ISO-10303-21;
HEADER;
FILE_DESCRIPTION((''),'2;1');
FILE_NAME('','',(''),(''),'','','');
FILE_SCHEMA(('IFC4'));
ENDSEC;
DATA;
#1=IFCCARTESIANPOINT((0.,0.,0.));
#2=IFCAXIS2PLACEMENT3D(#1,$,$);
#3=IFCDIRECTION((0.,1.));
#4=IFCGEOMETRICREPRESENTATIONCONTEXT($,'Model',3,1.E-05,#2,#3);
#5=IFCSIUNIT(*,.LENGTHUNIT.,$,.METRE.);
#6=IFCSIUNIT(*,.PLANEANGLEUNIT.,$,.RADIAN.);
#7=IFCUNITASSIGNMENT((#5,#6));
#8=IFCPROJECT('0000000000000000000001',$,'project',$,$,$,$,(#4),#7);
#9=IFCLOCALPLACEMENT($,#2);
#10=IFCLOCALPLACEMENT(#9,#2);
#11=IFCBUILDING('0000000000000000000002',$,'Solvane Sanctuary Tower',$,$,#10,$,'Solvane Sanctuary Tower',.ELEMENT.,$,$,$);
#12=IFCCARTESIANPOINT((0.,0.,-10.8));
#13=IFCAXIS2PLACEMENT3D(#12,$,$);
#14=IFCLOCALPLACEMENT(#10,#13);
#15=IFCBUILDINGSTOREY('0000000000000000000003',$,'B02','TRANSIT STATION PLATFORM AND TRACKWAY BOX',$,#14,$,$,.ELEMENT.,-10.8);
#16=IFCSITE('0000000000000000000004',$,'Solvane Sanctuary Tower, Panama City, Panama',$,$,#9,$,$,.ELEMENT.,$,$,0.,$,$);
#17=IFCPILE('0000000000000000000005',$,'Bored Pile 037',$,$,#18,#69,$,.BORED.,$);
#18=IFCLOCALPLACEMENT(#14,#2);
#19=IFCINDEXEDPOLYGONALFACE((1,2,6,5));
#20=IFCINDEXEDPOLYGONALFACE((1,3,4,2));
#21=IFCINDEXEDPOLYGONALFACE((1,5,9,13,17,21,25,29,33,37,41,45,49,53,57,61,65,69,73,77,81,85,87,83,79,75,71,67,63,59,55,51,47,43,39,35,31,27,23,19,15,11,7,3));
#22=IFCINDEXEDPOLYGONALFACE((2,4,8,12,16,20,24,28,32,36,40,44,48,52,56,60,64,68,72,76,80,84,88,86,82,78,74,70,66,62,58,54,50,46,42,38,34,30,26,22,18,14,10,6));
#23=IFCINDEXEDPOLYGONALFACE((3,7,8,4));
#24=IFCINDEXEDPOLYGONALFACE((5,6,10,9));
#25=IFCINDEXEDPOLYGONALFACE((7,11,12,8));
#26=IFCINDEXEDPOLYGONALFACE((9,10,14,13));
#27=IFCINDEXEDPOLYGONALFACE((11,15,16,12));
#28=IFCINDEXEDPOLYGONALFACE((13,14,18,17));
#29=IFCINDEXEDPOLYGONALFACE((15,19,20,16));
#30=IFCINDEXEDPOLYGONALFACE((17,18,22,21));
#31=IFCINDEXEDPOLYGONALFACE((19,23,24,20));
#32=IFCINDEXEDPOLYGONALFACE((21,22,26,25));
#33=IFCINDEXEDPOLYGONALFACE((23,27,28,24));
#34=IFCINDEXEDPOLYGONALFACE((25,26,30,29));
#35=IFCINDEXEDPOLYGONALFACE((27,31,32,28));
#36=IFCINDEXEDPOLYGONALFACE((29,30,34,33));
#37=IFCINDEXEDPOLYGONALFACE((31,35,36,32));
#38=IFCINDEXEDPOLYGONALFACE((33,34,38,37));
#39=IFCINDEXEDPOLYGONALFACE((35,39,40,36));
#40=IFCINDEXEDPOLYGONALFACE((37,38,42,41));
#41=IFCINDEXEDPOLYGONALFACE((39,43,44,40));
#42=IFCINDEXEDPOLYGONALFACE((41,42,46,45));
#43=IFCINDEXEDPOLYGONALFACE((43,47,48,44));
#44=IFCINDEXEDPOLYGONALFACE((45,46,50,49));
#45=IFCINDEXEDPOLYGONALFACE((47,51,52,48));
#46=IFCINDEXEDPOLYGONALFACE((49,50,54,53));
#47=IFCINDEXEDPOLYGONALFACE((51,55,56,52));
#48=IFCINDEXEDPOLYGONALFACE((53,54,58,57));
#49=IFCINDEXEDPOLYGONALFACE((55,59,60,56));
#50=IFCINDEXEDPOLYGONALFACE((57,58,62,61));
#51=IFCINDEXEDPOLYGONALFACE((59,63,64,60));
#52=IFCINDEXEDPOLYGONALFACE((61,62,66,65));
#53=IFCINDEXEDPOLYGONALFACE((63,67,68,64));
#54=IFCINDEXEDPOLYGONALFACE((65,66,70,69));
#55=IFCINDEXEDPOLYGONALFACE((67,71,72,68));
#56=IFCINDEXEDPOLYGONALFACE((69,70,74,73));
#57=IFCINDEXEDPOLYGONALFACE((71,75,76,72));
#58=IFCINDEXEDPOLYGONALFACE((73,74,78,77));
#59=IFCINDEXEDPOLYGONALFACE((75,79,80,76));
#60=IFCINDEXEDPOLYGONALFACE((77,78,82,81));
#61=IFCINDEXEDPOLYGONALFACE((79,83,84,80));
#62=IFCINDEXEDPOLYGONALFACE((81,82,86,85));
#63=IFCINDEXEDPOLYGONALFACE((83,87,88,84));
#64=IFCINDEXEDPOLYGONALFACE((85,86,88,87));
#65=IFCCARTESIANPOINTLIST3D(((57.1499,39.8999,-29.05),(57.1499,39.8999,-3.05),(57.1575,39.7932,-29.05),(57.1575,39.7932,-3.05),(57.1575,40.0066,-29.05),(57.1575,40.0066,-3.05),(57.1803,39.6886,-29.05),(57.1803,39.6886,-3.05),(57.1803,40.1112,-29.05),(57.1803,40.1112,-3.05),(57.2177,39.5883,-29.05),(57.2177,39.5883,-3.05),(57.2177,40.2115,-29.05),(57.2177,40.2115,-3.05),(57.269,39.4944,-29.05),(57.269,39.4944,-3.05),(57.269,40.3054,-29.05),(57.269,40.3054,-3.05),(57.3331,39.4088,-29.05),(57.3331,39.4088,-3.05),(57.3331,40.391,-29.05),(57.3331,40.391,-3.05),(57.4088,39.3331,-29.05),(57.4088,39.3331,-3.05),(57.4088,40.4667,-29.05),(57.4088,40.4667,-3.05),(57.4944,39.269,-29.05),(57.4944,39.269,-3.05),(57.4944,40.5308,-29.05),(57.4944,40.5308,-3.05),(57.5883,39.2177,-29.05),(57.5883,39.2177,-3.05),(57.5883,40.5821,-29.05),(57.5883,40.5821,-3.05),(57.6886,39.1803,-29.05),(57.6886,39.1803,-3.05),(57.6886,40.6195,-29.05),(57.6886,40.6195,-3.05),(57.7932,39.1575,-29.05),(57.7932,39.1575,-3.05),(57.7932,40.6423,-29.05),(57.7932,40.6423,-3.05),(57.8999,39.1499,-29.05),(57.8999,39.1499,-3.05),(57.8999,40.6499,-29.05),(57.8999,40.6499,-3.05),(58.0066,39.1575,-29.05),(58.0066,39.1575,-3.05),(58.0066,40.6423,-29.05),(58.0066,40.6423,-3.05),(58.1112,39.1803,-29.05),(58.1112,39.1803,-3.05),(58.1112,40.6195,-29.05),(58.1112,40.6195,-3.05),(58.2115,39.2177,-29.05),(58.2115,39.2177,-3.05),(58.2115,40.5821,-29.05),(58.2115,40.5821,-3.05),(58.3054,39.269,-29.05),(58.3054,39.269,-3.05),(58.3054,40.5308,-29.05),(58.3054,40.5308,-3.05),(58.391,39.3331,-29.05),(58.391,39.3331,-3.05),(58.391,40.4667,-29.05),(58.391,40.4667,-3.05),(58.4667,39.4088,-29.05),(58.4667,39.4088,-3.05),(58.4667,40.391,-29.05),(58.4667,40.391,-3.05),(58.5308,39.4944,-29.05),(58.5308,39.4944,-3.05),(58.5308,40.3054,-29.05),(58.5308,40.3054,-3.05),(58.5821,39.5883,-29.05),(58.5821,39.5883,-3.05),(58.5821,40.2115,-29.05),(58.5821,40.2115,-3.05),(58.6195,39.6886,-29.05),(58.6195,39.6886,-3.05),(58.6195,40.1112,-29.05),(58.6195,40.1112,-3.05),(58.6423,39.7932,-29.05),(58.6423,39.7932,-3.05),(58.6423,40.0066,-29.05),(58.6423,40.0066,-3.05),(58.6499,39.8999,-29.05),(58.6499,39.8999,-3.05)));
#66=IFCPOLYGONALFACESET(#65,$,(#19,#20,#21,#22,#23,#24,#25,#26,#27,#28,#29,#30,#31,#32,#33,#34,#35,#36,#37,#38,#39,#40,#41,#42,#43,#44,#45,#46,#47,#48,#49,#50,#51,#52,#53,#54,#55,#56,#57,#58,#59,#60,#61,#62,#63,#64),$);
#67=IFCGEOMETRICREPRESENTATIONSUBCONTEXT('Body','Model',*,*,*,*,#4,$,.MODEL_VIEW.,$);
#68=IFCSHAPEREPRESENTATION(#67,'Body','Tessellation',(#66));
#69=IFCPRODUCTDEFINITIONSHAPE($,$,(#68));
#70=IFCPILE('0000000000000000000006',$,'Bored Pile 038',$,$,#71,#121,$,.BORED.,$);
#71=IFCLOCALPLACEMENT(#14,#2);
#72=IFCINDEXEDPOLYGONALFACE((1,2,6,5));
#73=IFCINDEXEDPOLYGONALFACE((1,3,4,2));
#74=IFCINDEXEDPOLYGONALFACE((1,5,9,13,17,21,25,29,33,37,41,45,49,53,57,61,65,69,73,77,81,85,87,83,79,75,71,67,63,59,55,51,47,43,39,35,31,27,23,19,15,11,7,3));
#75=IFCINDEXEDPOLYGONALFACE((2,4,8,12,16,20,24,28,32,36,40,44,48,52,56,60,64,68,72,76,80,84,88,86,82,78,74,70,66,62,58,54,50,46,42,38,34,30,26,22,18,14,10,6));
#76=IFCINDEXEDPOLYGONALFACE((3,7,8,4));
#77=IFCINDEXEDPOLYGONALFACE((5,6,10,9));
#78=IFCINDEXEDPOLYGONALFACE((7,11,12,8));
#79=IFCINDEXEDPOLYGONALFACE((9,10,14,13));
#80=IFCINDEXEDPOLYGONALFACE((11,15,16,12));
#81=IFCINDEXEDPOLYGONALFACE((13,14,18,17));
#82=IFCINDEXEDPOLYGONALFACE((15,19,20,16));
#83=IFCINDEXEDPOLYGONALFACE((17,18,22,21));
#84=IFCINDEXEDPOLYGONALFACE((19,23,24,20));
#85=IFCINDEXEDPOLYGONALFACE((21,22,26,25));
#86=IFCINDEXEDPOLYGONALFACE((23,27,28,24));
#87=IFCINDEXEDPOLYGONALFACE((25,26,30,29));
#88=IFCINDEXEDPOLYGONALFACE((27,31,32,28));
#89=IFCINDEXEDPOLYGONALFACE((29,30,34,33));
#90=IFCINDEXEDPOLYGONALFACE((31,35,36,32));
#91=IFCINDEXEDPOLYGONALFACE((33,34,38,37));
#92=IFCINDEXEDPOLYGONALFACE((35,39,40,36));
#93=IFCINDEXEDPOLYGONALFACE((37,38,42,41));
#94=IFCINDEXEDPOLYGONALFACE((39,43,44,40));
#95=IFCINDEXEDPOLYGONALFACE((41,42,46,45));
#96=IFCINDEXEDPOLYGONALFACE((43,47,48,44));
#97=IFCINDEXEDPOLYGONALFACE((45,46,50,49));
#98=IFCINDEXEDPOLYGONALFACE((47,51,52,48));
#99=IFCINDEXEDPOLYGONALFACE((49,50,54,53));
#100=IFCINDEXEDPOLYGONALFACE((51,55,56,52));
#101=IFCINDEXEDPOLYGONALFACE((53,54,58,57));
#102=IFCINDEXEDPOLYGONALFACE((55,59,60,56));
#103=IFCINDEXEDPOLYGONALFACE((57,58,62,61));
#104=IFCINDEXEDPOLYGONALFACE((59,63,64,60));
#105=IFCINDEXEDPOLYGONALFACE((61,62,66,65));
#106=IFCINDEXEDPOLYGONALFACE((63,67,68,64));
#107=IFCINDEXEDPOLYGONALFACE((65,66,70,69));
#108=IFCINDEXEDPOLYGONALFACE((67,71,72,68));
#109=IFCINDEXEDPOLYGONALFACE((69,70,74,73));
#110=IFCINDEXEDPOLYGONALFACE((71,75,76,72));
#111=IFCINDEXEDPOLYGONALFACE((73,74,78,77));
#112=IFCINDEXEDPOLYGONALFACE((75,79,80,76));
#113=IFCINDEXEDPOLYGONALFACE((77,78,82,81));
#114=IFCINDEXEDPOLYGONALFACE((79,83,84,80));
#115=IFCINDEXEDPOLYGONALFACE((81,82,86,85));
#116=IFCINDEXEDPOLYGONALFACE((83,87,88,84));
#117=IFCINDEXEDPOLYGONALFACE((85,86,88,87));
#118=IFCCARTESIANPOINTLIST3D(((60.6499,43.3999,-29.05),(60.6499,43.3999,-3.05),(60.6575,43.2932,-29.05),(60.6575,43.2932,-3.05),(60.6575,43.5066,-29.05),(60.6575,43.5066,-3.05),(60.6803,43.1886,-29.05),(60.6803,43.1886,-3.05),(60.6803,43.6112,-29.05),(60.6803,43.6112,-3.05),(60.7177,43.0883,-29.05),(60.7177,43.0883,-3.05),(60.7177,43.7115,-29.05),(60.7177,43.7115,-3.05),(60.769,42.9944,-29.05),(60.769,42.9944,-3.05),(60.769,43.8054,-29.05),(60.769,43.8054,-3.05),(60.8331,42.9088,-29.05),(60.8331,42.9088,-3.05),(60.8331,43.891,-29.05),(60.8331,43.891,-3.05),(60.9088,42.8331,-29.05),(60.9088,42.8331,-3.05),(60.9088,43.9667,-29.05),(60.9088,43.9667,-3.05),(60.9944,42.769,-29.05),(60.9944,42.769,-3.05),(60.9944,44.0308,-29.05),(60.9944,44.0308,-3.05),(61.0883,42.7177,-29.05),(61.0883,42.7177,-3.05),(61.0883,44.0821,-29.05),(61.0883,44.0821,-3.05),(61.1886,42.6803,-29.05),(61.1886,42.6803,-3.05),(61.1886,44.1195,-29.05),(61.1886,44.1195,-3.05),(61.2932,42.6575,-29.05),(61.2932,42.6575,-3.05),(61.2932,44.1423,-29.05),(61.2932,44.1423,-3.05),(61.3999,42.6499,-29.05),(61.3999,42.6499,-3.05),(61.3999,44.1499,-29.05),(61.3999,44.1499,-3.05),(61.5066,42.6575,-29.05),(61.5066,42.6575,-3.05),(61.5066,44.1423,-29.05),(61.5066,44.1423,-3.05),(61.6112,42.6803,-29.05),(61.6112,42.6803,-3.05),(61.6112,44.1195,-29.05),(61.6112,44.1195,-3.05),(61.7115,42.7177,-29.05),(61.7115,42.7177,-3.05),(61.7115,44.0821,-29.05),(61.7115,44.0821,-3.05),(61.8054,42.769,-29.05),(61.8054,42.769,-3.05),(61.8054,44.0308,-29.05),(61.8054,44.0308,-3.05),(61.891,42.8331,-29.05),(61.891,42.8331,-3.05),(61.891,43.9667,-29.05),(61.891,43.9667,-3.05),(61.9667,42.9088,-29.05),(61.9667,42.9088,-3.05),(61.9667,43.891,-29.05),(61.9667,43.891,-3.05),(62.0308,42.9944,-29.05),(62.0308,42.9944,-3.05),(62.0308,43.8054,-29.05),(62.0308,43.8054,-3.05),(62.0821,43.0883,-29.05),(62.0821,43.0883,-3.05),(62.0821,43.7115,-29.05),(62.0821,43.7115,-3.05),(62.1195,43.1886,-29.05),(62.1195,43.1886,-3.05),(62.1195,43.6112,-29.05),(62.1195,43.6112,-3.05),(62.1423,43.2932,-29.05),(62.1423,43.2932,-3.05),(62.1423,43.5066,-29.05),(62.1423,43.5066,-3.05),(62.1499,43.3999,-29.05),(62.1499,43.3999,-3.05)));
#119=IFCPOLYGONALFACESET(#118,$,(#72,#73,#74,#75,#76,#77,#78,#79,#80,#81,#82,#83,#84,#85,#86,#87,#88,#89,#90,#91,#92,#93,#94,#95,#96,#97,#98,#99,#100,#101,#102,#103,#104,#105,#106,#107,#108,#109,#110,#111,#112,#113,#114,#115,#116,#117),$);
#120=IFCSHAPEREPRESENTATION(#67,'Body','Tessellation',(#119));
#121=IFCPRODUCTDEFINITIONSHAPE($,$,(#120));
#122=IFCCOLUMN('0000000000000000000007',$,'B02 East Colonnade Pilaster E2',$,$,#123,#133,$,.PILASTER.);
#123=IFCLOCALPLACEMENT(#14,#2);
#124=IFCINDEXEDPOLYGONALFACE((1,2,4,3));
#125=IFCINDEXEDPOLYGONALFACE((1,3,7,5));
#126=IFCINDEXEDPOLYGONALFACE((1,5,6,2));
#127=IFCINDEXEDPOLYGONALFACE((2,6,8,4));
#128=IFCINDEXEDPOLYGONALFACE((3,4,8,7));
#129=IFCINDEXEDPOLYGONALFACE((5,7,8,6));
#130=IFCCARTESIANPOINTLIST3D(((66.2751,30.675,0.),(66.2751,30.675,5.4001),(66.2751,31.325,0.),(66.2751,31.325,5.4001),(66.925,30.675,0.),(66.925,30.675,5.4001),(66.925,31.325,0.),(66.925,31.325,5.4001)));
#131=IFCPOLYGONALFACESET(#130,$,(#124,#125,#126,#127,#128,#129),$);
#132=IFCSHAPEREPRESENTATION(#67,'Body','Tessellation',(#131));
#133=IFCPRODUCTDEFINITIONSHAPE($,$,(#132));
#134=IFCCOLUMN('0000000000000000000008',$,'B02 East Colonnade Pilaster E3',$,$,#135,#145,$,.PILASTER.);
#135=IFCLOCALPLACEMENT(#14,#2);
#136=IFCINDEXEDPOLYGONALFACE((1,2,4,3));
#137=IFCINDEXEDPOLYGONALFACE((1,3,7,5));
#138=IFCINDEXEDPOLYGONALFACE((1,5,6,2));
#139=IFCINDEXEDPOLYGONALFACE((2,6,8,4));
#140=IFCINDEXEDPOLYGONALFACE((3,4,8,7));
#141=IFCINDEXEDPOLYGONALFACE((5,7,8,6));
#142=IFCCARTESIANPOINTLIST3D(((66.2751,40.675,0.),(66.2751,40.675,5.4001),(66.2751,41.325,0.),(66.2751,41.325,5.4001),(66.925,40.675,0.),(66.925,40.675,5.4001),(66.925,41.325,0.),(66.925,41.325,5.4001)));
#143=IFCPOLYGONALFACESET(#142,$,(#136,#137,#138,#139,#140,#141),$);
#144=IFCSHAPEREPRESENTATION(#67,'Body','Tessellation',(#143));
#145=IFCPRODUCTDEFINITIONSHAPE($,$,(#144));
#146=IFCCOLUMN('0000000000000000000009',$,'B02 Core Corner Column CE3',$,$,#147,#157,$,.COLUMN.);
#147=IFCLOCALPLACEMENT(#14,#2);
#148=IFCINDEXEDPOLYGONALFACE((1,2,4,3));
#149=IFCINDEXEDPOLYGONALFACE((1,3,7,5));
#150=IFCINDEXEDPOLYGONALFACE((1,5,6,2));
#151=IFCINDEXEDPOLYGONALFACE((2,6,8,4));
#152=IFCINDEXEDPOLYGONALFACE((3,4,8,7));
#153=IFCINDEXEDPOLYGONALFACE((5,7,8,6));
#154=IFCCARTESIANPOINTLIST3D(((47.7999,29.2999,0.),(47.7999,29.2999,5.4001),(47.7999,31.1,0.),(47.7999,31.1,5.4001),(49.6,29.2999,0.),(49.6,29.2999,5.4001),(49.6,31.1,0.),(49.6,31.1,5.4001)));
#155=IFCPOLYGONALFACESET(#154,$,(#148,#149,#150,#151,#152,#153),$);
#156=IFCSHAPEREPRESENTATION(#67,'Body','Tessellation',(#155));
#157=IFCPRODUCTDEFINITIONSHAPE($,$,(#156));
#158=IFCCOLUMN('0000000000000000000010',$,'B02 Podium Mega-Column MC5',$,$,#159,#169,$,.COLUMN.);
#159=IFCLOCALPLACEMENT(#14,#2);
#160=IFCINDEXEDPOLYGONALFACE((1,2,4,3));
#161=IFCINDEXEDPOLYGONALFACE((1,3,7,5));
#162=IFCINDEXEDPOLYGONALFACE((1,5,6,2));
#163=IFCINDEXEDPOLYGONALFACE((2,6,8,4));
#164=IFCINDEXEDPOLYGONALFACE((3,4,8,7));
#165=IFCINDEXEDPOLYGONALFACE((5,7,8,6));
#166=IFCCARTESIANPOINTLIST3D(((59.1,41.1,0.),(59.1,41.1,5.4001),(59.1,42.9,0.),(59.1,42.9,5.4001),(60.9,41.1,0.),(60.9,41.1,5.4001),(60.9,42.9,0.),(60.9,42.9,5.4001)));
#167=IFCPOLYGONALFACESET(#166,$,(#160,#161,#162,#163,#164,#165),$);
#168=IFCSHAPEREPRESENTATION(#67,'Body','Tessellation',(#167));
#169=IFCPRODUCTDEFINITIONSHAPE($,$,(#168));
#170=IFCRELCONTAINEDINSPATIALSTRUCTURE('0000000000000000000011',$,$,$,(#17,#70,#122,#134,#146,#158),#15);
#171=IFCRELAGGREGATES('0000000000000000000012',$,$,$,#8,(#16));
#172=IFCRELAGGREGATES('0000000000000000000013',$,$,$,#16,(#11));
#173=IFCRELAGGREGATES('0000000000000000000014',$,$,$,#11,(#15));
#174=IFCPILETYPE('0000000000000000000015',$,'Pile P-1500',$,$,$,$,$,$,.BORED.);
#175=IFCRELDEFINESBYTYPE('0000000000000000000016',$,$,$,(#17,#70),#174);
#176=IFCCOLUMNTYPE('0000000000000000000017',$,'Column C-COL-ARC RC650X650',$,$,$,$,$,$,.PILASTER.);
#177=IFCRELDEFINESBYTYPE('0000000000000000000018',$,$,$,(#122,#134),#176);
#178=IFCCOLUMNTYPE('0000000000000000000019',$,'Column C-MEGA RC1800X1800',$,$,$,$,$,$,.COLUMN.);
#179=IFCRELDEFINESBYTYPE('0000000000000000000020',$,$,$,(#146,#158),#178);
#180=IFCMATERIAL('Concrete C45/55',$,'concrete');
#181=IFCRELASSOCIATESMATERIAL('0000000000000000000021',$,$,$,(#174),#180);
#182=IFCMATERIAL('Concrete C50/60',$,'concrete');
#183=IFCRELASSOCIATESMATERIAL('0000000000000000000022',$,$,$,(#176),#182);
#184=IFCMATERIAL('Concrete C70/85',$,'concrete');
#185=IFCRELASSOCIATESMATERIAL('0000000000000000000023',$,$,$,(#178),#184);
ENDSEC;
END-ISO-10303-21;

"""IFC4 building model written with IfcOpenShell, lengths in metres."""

from ifc_helpers import new_model, si_unit, direction, frame, origin, origin_2d, place, context, subcontext, project, spatial, rectangle, circle, extrude, material, material_profile, profile_set, type_object, element, save


model = new_model("IFC4")

# Units and contexts
model_context = context("Model", 3, precision=1e-05, world=origin(), true_north=direction((0.0, 1.0)))
body_context = subcontext(model_context, "Body", "Model", "MODEL_VIEW")
ifc_project = project(units=[si_unit("LENGTHUNIT", "METRE"), si_unit("PLANEANGLEUNIT", "RADIAN")], contexts=[model_context])

# Site, building, storey
site_placement = place(None, origin())
site = spatial("IfcSite", under=ifc_project, at=site_placement, Name="Solvane Sanctuary Tower, Panama City, Panama", CompositionType="ELEMENT", RefElevation=0.0)
building_placement = place(site_placement, origin())
building = spatial("IfcBuilding", under=site, at=building_placement, Name="Solvane Sanctuary Tower", LongName="Solvane Sanctuary Tower", CompositionType="ELEMENT")
storey_placement = place(building_placement, frame((0.0, 0.0, -10.8)))
storey = spatial("IfcBuildingStorey", under=building, at=storey_placement, Name="B02", Description="TRANSIT STATION PLATFORM AND TRACKWAY BOX", CompositionType="ELEMENT", Elevation=-10.8)

# Shared definitions
ifc_material_1 = material(Name="Concrete C50/60", Category="concrete")

# Piles
ifc_material_2 = material(Name="Concrete C45/55", Category="concrete")
ifc_material_profile_1 = material_profile(ifc_material_2, circle(Radius=0.75, at=origin_2d()), Name="PILE1500")
ifc_profile_set_1 = profile_set([ifc_material_profile_1], Name="Concrete C45/55")
pile_type_1 = type_object("IfcPileType", Name="Pile P-1500", PredefinedType="BORED", material=ifc_profile_set_1)
for number, where, z_axis, x_axis, name in (
    (1, (57.8999, 39.8999, -3.05), (0.0, 0.0, -1.0), (1.0, 0.0, 0.0), "Bored Pile 037"),
    (2, (61.3999, 43.3999, -3.05), (0.0, 0.0, -1.0), (1.0, 0.0, 0.0), "Bored Pile 038"),
):
    element("IfcPile", number, at=place(storey_placement, frame(where, z_axis=z_axis, x_axis=x_axis)), inside=storey, type_object=pile_type_1, Name=name, PredefinedType="BORED", context=body_context, shape_type="SweptSolid", body=[
        extrude(circle(Radius=0.75, at=origin_2d()), origin(), (0.0, 0.0, 1.0), 26.0),
    ])

# Columns
ifc_material_profile_2 = material_profile(ifc_material_1, rectangle(XDim=0.6499, YDim=0.6499, at=origin_2d()), Name="RC650X650")
ifc_profile_set_2 = profile_set([ifc_material_profile_2], Name="Concrete C50/60")
column_type_1 = type_object("IfcColumnType", Name="Column C-COL-ARC RC650X650", PredefinedType="PILASTER", material=ifc_profile_set_2)
for number, where, z_axis, x_axis, name in (
    (3, (66.6001, 31.0, 0.0), (0.0, 0.0, 1.0), (1.0, 0.0, 0.0), "B02 East Colonnade Pilaster E2"),
    (4, (66.6001, 41.0, 0.0), (0.0, 0.0, 1.0), (1.0, 0.0, 0.0), "B02 East Colonnade Pilaster E3"),
):
    element("IfcColumn", number, at=place(storey_placement, frame(where, z_axis=z_axis, x_axis=x_axis)), inside=storey, type_object=column_type_1, Name=name, PredefinedType="PILASTER", context=body_context, shape_type="SweptSolid", body=[
        extrude(rectangle(XDim=0.6499, YDim=0.6499, at=origin_2d()), origin(), (0.0, 0.0, 1.0), 5.4001),
    ])
ifc_material_3 = material(Name="Concrete C70/85", Category="concrete")
ifc_material_profile_3 = material_profile(ifc_material_3, rectangle(XDim=1.8, YDim=1.8, at=origin_2d()), Name="RC1800X1800")
ifc_profile_set_3 = profile_set([ifc_material_profile_3], Name="Concrete C70/85")
column_type_2 = type_object("IfcColumnType", Name="Column C-MEGA RC1800X1800", PredefinedType="COLUMN", material=ifc_profile_set_3)
for number, where, z_axis, x_axis, name in (
    (5, (48.7, 30.2, 0.0), (0.0, 0.0, 1.0), (1.0, 0.0, 0.0), "B02 Core Corner Column CE3"),
    (6, (60.0, 42.0, 0.0), (0.0, 0.0, 1.0), (1.0, 0.0, 0.0), "B02 Podium Mega-Column MC5"),
):
    element("IfcColumn", number, at=place(storey_placement, frame(where, z_axis=z_axis, x_axis=x_axis)), inside=storey, type_object=column_type_2, Name=name, PredefinedType="COLUMN", context=body_context, shape_type="SweptSolid", body=[
        extrude(rectangle(XDim=1.8, YDim=1.8, at=origin_2d()), origin(), (0.0, 0.0, 1.0), 5.4001),
    ])

save(model, "model.ifc")
